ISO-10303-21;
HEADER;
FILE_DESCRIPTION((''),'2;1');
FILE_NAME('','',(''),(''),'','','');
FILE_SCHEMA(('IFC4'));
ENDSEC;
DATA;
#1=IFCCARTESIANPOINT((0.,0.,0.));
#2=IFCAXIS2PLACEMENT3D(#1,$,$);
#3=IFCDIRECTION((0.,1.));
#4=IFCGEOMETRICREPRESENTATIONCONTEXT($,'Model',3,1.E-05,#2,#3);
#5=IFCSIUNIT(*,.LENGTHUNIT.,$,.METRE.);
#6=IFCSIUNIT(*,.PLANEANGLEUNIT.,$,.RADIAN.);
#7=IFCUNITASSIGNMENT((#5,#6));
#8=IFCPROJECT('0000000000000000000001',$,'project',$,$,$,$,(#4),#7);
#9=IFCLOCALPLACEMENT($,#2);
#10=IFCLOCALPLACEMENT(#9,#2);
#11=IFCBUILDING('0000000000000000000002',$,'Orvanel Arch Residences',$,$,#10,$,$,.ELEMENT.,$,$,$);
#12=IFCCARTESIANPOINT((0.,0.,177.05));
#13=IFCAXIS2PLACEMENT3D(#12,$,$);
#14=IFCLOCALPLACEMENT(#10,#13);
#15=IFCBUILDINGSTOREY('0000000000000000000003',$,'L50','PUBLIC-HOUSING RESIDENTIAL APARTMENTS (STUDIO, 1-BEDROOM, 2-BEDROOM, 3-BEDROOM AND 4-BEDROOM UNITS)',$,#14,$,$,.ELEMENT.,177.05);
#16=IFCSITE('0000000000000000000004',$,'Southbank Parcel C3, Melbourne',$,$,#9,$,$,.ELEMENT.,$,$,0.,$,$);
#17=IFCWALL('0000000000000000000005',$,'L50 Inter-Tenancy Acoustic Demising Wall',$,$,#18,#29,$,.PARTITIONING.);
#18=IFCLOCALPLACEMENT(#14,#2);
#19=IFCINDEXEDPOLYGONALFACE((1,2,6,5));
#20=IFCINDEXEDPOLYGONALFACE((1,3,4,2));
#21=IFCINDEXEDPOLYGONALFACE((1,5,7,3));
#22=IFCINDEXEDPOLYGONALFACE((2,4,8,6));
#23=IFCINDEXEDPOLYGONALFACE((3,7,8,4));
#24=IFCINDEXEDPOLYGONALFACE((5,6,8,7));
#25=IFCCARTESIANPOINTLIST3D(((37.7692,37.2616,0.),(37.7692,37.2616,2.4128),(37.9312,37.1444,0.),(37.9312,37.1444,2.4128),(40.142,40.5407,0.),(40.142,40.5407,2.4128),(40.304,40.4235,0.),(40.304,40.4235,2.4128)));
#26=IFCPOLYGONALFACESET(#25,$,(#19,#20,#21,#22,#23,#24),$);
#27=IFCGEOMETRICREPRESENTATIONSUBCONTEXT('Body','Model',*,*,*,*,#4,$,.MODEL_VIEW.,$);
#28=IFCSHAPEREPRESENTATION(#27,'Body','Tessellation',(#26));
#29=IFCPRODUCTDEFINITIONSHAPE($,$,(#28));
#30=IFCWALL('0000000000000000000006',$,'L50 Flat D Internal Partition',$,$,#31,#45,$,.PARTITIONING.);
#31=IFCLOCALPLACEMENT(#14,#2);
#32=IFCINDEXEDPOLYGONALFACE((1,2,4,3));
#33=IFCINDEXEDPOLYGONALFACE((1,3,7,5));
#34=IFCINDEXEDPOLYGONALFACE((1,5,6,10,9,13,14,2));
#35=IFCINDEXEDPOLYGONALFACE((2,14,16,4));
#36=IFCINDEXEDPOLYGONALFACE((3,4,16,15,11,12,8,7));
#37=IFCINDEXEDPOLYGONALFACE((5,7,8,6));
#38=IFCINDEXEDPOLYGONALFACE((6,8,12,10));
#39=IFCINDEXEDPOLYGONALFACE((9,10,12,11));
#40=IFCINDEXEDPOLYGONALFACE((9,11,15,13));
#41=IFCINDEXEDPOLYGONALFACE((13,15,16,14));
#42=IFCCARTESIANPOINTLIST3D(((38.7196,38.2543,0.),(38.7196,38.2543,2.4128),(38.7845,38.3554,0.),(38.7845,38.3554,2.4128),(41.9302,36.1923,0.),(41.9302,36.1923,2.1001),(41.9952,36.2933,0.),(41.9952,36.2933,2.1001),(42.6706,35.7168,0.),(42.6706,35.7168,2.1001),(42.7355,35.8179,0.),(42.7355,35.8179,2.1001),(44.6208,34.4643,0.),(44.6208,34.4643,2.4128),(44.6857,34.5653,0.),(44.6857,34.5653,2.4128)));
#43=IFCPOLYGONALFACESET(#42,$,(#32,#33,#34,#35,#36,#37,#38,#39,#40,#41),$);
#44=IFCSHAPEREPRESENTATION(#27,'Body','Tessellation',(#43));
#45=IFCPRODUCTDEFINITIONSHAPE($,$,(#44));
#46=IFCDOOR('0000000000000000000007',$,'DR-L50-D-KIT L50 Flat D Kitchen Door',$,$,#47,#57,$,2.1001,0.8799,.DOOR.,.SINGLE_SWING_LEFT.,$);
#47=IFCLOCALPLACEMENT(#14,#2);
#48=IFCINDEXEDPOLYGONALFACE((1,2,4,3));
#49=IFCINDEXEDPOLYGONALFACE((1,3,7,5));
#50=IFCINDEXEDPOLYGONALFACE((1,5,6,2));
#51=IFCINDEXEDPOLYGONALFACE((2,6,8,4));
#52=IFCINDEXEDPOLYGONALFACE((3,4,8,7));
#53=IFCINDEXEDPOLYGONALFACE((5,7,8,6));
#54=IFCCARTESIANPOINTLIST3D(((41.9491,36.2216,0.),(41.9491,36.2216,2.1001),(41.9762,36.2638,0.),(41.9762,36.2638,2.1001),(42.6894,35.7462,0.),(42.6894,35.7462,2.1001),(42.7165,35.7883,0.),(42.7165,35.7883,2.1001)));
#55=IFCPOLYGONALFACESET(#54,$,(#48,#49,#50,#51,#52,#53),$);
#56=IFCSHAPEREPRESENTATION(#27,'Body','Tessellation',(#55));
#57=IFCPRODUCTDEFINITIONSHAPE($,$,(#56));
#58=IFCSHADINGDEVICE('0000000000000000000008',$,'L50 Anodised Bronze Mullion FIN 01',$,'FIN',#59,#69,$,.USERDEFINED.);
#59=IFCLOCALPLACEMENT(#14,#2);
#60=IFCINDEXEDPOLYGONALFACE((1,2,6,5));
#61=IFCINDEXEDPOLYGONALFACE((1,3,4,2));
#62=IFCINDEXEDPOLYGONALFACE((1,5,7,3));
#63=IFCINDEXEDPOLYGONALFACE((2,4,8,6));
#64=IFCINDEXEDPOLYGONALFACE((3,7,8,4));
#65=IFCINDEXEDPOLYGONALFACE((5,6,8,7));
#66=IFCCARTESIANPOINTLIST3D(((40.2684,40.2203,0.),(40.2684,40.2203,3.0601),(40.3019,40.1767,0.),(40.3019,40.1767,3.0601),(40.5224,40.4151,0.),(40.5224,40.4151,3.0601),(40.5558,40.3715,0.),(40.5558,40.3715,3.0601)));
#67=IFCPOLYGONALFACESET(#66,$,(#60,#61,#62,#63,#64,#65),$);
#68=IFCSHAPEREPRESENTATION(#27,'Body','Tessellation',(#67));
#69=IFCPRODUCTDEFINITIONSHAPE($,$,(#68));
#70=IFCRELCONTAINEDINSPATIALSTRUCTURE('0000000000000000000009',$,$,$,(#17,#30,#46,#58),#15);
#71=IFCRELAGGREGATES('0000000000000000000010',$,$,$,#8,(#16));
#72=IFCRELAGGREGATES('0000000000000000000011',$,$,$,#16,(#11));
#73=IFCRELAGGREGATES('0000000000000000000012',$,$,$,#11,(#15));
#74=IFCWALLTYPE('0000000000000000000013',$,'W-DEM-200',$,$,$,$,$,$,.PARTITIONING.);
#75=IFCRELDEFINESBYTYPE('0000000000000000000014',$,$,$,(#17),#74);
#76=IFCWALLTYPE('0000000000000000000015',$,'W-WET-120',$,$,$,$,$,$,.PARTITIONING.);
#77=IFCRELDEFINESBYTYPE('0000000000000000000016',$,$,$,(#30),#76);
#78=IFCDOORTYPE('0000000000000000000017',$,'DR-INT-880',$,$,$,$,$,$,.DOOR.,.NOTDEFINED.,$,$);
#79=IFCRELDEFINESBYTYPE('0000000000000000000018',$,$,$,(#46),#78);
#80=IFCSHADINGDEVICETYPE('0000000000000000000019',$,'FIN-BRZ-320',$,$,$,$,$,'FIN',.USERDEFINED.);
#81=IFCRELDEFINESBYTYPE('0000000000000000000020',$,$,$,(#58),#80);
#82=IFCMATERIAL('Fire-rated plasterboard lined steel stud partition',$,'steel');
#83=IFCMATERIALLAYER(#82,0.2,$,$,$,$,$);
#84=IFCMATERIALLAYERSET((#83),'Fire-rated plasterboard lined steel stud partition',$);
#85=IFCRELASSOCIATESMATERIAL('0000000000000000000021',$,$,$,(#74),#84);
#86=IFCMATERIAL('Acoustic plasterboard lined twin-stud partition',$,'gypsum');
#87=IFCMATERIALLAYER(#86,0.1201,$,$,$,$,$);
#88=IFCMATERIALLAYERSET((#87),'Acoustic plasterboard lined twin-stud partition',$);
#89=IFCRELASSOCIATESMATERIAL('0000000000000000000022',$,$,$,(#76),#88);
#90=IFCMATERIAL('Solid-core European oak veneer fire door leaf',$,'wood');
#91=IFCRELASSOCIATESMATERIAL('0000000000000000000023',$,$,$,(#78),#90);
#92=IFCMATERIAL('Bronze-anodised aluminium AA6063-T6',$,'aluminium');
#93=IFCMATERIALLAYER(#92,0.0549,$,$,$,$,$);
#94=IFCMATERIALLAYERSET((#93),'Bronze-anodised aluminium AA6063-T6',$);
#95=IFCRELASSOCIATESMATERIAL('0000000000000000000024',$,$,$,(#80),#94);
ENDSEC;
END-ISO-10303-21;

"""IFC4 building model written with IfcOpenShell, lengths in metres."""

from ifc_helpers import new_model, si_unit, direction, frame, frame_2d, origin, origin_2d, place, context, subcontext, project, spatial, rectangle, extrude, material, layer, layer_set, type_object, element, fill, save


model = new_model("IFC4")

# Units and contexts
model_context = context("Model", 3, precision=1e-05, world=origin(), true_north=direction((0.0, 1.0)))
body_context = subcontext(model_context, "Body", "Model", "MODEL_VIEW")
ifc_project = project(units=[si_unit("LENGTHUNIT", "METRE"), si_unit("PLANEANGLEUNIT", "RADIAN")], contexts=[model_context])

# Site, building, storey
site_placement = place(None, origin())
site = spatial("IfcSite", under=ifc_project, at=site_placement, Name="Southbank Parcel C3, Melbourne", CompositionType="ELEMENT", RefElevation=0.0)
building_placement = place(site_placement, origin())
building = spatial("IfcBuilding", under=site, at=building_placement, Name="Orvanel Arch Residences", CompositionType="ELEMENT")
storey_placement = place(building_placement, frame((0.0, 0.0, 177.05)))
storey = spatial("IfcBuildingStorey", under=building, at=storey_placement, Name="L50", Description="PUBLIC-HOUSING RESIDENTIAL APARTMENTS (STUDIO, 1-BEDROOM, 2-BEDROOM, 3-BEDROOM AND 4-BEDROOM UNITS)", CompositionType="ELEMENT", Elevation=177.05)

# Shared definitions
ifc_material_1 = material(Name="Bronze-anodised aluminium AA6063-T6", Category="aluminium")

# Wall
ifc_material_2 = material(Name="Fire-rated plasterboard lined steel stud partition", Category="steel")
ifc_layer_1 = layer(ifc_material_2, 0.2)
ifc_layer_set_1 = layer_set([ifc_layer_1], Name="Fire-rated plasterboard lined steel stud partition")
wall_type_1 = type_object("IfcWallType", Name="W-DEM-200", PredefinedType="PARTITIONING", material=ifc_layer_set_1)
wall_1_placement = place(storey_placement, frame((37.8501, 37.2029, 0.0), z_axis=(0.0, 0.0, 1.0), x_axis=(0.586237, 0.81014, 0.0)))
element("IfcWall", 1, at=wall_1_placement, inside=storey, type_object=wall_type_1, Name="L50 Inter-Tenancy Acoustic Demising Wall", PredefinedType="PARTITIONING", context=body_context, shape_type="SweptSolid", body=[
    extrude(rectangle(XDim=4.0476, YDim=0.2, at=frame_2d((2.0239, 0.0))), origin(), (0.0, 0.0, 1.0), 2.4128),
])

# Wall, opening, door
ifc_material_3 = material(Name="Acoustic plasterboard lined twin-stud partition", Category="gypsum")
ifc_layer_2 = layer(ifc_material_3, 0.1201)
ifc_layer_set_2 = layer_set([ifc_layer_2], Name="Acoustic plasterboard lined twin-stud partition")
wall_type_2 = type_object("IfcWallType", Name="W-WET-120", PredefinedType="PARTITIONING", material=ifc_layer_set_2)
wall_2_placement = place(storey_placement, frame((38.752, 38.3049, 0.0), z_axis=(0.0, 0.0, 1.0), x_axis=(0.841408, -0.5404, 0.0)))
wall_2 = element("IfcWall", 2, at=wall_2_placement, inside=storey, type_object=wall_type_2, Name="L50 Flat D Internal Partition", PredefinedType="PARTITIONING", context=body_context, shape_type="SweptSolid", body=[
    extrude(rectangle(XDim=7.0134, YDim=0.1201, at=frame_2d((3.5068, 0.0))), origin(), (0.0, 0.0, 1.0), 2.4128),
])
opening_placement = place(wall_2_placement, frame((3.8159, 0.0, 0.0)))
opening = element("IfcOpeningElement", 3, at=opening_placement, cuts=wall_2, PredefinedType="OPENING", context=body_context, shape_type="SweptSolid", body=[
    extrude(rectangle(XDim=0.8799, YDim=2.1001, at=frame_2d((0.4399, 1.05))), frame((0.0, 0.0701, 0.0), z_axis=(0.0, -1.0, 0.0), x_axis=(1.0, 0.0, 0.0)), (0.0, 0.0, 1.0), 0.1401),
])
ifc_material_4 = material(Name="Solid-core European oak veneer fire door leaf", Category="wood")
door_type = type_object("IfcDoorType", Name="DR-INT-880", OperationType="NOTDEFINED", PredefinedType="DOOR", material=ifc_material_4)
door_placement = place(opening_placement, origin())
door = element("IfcDoor", 4, at=door_placement, inside=storey, type_object=door_type, Name="DR-L50-D-KIT L50 Flat D Kitchen Door", OperationType="SINGLE_SWING_LEFT", OverallHeight=2.1001, OverallWidth=0.8799, PredefinedType="DOOR", context=body_context, shape_type="SweptSolid", body=[
    extrude(rectangle(XDim=0.8799, YDim=2.1001, at=frame_2d((0.4399, 1.05))), frame((0.0, 0.0249, 0.0), z_axis=(0.0, -1.0, 0.0), x_axis=(1.0, 0.0, 0.0)), (0.0, 0.0, 1.0), 0.05),
])
fill(opening, door)

# Shading device
ifc_layer_3 = layer(ifc_material_1, 0.0549)
ifc_layer_set_3 = layer_set([ifc_layer_3], Name="Bronze-anodised aluminium AA6063-T6")
shading_device_type = type_object("IfcShadingDeviceType", Name="FIN-BRZ-320", ElementType="FIN", PredefinedType="USERDEFINED", material=ifc_layer_set_3)
shading_device_placement = place(storey_placement, frame((40.4121, 40.2959, 0.0), z_axis=(0.0, 0.0, 1.0), x_axis=(0.793353, 0.608761, 0.0)))
element("IfcShadingDevice", 5, at=shading_device_placement, inside=storey, type_object=shading_device_type, Name="L50 Anodised Bronze Mullion FIN 01", ObjectType="FIN", PredefinedType="USERDEFINED", context=body_context, shape_type="SweptSolid", body=[
    extrude(rectangle(XDim=0.3201, YDim=0.0549, at=origin_2d()), origin(), (0.0, 0.0, 1.0), 3.0601),
])

save(model, "model.ifc")
